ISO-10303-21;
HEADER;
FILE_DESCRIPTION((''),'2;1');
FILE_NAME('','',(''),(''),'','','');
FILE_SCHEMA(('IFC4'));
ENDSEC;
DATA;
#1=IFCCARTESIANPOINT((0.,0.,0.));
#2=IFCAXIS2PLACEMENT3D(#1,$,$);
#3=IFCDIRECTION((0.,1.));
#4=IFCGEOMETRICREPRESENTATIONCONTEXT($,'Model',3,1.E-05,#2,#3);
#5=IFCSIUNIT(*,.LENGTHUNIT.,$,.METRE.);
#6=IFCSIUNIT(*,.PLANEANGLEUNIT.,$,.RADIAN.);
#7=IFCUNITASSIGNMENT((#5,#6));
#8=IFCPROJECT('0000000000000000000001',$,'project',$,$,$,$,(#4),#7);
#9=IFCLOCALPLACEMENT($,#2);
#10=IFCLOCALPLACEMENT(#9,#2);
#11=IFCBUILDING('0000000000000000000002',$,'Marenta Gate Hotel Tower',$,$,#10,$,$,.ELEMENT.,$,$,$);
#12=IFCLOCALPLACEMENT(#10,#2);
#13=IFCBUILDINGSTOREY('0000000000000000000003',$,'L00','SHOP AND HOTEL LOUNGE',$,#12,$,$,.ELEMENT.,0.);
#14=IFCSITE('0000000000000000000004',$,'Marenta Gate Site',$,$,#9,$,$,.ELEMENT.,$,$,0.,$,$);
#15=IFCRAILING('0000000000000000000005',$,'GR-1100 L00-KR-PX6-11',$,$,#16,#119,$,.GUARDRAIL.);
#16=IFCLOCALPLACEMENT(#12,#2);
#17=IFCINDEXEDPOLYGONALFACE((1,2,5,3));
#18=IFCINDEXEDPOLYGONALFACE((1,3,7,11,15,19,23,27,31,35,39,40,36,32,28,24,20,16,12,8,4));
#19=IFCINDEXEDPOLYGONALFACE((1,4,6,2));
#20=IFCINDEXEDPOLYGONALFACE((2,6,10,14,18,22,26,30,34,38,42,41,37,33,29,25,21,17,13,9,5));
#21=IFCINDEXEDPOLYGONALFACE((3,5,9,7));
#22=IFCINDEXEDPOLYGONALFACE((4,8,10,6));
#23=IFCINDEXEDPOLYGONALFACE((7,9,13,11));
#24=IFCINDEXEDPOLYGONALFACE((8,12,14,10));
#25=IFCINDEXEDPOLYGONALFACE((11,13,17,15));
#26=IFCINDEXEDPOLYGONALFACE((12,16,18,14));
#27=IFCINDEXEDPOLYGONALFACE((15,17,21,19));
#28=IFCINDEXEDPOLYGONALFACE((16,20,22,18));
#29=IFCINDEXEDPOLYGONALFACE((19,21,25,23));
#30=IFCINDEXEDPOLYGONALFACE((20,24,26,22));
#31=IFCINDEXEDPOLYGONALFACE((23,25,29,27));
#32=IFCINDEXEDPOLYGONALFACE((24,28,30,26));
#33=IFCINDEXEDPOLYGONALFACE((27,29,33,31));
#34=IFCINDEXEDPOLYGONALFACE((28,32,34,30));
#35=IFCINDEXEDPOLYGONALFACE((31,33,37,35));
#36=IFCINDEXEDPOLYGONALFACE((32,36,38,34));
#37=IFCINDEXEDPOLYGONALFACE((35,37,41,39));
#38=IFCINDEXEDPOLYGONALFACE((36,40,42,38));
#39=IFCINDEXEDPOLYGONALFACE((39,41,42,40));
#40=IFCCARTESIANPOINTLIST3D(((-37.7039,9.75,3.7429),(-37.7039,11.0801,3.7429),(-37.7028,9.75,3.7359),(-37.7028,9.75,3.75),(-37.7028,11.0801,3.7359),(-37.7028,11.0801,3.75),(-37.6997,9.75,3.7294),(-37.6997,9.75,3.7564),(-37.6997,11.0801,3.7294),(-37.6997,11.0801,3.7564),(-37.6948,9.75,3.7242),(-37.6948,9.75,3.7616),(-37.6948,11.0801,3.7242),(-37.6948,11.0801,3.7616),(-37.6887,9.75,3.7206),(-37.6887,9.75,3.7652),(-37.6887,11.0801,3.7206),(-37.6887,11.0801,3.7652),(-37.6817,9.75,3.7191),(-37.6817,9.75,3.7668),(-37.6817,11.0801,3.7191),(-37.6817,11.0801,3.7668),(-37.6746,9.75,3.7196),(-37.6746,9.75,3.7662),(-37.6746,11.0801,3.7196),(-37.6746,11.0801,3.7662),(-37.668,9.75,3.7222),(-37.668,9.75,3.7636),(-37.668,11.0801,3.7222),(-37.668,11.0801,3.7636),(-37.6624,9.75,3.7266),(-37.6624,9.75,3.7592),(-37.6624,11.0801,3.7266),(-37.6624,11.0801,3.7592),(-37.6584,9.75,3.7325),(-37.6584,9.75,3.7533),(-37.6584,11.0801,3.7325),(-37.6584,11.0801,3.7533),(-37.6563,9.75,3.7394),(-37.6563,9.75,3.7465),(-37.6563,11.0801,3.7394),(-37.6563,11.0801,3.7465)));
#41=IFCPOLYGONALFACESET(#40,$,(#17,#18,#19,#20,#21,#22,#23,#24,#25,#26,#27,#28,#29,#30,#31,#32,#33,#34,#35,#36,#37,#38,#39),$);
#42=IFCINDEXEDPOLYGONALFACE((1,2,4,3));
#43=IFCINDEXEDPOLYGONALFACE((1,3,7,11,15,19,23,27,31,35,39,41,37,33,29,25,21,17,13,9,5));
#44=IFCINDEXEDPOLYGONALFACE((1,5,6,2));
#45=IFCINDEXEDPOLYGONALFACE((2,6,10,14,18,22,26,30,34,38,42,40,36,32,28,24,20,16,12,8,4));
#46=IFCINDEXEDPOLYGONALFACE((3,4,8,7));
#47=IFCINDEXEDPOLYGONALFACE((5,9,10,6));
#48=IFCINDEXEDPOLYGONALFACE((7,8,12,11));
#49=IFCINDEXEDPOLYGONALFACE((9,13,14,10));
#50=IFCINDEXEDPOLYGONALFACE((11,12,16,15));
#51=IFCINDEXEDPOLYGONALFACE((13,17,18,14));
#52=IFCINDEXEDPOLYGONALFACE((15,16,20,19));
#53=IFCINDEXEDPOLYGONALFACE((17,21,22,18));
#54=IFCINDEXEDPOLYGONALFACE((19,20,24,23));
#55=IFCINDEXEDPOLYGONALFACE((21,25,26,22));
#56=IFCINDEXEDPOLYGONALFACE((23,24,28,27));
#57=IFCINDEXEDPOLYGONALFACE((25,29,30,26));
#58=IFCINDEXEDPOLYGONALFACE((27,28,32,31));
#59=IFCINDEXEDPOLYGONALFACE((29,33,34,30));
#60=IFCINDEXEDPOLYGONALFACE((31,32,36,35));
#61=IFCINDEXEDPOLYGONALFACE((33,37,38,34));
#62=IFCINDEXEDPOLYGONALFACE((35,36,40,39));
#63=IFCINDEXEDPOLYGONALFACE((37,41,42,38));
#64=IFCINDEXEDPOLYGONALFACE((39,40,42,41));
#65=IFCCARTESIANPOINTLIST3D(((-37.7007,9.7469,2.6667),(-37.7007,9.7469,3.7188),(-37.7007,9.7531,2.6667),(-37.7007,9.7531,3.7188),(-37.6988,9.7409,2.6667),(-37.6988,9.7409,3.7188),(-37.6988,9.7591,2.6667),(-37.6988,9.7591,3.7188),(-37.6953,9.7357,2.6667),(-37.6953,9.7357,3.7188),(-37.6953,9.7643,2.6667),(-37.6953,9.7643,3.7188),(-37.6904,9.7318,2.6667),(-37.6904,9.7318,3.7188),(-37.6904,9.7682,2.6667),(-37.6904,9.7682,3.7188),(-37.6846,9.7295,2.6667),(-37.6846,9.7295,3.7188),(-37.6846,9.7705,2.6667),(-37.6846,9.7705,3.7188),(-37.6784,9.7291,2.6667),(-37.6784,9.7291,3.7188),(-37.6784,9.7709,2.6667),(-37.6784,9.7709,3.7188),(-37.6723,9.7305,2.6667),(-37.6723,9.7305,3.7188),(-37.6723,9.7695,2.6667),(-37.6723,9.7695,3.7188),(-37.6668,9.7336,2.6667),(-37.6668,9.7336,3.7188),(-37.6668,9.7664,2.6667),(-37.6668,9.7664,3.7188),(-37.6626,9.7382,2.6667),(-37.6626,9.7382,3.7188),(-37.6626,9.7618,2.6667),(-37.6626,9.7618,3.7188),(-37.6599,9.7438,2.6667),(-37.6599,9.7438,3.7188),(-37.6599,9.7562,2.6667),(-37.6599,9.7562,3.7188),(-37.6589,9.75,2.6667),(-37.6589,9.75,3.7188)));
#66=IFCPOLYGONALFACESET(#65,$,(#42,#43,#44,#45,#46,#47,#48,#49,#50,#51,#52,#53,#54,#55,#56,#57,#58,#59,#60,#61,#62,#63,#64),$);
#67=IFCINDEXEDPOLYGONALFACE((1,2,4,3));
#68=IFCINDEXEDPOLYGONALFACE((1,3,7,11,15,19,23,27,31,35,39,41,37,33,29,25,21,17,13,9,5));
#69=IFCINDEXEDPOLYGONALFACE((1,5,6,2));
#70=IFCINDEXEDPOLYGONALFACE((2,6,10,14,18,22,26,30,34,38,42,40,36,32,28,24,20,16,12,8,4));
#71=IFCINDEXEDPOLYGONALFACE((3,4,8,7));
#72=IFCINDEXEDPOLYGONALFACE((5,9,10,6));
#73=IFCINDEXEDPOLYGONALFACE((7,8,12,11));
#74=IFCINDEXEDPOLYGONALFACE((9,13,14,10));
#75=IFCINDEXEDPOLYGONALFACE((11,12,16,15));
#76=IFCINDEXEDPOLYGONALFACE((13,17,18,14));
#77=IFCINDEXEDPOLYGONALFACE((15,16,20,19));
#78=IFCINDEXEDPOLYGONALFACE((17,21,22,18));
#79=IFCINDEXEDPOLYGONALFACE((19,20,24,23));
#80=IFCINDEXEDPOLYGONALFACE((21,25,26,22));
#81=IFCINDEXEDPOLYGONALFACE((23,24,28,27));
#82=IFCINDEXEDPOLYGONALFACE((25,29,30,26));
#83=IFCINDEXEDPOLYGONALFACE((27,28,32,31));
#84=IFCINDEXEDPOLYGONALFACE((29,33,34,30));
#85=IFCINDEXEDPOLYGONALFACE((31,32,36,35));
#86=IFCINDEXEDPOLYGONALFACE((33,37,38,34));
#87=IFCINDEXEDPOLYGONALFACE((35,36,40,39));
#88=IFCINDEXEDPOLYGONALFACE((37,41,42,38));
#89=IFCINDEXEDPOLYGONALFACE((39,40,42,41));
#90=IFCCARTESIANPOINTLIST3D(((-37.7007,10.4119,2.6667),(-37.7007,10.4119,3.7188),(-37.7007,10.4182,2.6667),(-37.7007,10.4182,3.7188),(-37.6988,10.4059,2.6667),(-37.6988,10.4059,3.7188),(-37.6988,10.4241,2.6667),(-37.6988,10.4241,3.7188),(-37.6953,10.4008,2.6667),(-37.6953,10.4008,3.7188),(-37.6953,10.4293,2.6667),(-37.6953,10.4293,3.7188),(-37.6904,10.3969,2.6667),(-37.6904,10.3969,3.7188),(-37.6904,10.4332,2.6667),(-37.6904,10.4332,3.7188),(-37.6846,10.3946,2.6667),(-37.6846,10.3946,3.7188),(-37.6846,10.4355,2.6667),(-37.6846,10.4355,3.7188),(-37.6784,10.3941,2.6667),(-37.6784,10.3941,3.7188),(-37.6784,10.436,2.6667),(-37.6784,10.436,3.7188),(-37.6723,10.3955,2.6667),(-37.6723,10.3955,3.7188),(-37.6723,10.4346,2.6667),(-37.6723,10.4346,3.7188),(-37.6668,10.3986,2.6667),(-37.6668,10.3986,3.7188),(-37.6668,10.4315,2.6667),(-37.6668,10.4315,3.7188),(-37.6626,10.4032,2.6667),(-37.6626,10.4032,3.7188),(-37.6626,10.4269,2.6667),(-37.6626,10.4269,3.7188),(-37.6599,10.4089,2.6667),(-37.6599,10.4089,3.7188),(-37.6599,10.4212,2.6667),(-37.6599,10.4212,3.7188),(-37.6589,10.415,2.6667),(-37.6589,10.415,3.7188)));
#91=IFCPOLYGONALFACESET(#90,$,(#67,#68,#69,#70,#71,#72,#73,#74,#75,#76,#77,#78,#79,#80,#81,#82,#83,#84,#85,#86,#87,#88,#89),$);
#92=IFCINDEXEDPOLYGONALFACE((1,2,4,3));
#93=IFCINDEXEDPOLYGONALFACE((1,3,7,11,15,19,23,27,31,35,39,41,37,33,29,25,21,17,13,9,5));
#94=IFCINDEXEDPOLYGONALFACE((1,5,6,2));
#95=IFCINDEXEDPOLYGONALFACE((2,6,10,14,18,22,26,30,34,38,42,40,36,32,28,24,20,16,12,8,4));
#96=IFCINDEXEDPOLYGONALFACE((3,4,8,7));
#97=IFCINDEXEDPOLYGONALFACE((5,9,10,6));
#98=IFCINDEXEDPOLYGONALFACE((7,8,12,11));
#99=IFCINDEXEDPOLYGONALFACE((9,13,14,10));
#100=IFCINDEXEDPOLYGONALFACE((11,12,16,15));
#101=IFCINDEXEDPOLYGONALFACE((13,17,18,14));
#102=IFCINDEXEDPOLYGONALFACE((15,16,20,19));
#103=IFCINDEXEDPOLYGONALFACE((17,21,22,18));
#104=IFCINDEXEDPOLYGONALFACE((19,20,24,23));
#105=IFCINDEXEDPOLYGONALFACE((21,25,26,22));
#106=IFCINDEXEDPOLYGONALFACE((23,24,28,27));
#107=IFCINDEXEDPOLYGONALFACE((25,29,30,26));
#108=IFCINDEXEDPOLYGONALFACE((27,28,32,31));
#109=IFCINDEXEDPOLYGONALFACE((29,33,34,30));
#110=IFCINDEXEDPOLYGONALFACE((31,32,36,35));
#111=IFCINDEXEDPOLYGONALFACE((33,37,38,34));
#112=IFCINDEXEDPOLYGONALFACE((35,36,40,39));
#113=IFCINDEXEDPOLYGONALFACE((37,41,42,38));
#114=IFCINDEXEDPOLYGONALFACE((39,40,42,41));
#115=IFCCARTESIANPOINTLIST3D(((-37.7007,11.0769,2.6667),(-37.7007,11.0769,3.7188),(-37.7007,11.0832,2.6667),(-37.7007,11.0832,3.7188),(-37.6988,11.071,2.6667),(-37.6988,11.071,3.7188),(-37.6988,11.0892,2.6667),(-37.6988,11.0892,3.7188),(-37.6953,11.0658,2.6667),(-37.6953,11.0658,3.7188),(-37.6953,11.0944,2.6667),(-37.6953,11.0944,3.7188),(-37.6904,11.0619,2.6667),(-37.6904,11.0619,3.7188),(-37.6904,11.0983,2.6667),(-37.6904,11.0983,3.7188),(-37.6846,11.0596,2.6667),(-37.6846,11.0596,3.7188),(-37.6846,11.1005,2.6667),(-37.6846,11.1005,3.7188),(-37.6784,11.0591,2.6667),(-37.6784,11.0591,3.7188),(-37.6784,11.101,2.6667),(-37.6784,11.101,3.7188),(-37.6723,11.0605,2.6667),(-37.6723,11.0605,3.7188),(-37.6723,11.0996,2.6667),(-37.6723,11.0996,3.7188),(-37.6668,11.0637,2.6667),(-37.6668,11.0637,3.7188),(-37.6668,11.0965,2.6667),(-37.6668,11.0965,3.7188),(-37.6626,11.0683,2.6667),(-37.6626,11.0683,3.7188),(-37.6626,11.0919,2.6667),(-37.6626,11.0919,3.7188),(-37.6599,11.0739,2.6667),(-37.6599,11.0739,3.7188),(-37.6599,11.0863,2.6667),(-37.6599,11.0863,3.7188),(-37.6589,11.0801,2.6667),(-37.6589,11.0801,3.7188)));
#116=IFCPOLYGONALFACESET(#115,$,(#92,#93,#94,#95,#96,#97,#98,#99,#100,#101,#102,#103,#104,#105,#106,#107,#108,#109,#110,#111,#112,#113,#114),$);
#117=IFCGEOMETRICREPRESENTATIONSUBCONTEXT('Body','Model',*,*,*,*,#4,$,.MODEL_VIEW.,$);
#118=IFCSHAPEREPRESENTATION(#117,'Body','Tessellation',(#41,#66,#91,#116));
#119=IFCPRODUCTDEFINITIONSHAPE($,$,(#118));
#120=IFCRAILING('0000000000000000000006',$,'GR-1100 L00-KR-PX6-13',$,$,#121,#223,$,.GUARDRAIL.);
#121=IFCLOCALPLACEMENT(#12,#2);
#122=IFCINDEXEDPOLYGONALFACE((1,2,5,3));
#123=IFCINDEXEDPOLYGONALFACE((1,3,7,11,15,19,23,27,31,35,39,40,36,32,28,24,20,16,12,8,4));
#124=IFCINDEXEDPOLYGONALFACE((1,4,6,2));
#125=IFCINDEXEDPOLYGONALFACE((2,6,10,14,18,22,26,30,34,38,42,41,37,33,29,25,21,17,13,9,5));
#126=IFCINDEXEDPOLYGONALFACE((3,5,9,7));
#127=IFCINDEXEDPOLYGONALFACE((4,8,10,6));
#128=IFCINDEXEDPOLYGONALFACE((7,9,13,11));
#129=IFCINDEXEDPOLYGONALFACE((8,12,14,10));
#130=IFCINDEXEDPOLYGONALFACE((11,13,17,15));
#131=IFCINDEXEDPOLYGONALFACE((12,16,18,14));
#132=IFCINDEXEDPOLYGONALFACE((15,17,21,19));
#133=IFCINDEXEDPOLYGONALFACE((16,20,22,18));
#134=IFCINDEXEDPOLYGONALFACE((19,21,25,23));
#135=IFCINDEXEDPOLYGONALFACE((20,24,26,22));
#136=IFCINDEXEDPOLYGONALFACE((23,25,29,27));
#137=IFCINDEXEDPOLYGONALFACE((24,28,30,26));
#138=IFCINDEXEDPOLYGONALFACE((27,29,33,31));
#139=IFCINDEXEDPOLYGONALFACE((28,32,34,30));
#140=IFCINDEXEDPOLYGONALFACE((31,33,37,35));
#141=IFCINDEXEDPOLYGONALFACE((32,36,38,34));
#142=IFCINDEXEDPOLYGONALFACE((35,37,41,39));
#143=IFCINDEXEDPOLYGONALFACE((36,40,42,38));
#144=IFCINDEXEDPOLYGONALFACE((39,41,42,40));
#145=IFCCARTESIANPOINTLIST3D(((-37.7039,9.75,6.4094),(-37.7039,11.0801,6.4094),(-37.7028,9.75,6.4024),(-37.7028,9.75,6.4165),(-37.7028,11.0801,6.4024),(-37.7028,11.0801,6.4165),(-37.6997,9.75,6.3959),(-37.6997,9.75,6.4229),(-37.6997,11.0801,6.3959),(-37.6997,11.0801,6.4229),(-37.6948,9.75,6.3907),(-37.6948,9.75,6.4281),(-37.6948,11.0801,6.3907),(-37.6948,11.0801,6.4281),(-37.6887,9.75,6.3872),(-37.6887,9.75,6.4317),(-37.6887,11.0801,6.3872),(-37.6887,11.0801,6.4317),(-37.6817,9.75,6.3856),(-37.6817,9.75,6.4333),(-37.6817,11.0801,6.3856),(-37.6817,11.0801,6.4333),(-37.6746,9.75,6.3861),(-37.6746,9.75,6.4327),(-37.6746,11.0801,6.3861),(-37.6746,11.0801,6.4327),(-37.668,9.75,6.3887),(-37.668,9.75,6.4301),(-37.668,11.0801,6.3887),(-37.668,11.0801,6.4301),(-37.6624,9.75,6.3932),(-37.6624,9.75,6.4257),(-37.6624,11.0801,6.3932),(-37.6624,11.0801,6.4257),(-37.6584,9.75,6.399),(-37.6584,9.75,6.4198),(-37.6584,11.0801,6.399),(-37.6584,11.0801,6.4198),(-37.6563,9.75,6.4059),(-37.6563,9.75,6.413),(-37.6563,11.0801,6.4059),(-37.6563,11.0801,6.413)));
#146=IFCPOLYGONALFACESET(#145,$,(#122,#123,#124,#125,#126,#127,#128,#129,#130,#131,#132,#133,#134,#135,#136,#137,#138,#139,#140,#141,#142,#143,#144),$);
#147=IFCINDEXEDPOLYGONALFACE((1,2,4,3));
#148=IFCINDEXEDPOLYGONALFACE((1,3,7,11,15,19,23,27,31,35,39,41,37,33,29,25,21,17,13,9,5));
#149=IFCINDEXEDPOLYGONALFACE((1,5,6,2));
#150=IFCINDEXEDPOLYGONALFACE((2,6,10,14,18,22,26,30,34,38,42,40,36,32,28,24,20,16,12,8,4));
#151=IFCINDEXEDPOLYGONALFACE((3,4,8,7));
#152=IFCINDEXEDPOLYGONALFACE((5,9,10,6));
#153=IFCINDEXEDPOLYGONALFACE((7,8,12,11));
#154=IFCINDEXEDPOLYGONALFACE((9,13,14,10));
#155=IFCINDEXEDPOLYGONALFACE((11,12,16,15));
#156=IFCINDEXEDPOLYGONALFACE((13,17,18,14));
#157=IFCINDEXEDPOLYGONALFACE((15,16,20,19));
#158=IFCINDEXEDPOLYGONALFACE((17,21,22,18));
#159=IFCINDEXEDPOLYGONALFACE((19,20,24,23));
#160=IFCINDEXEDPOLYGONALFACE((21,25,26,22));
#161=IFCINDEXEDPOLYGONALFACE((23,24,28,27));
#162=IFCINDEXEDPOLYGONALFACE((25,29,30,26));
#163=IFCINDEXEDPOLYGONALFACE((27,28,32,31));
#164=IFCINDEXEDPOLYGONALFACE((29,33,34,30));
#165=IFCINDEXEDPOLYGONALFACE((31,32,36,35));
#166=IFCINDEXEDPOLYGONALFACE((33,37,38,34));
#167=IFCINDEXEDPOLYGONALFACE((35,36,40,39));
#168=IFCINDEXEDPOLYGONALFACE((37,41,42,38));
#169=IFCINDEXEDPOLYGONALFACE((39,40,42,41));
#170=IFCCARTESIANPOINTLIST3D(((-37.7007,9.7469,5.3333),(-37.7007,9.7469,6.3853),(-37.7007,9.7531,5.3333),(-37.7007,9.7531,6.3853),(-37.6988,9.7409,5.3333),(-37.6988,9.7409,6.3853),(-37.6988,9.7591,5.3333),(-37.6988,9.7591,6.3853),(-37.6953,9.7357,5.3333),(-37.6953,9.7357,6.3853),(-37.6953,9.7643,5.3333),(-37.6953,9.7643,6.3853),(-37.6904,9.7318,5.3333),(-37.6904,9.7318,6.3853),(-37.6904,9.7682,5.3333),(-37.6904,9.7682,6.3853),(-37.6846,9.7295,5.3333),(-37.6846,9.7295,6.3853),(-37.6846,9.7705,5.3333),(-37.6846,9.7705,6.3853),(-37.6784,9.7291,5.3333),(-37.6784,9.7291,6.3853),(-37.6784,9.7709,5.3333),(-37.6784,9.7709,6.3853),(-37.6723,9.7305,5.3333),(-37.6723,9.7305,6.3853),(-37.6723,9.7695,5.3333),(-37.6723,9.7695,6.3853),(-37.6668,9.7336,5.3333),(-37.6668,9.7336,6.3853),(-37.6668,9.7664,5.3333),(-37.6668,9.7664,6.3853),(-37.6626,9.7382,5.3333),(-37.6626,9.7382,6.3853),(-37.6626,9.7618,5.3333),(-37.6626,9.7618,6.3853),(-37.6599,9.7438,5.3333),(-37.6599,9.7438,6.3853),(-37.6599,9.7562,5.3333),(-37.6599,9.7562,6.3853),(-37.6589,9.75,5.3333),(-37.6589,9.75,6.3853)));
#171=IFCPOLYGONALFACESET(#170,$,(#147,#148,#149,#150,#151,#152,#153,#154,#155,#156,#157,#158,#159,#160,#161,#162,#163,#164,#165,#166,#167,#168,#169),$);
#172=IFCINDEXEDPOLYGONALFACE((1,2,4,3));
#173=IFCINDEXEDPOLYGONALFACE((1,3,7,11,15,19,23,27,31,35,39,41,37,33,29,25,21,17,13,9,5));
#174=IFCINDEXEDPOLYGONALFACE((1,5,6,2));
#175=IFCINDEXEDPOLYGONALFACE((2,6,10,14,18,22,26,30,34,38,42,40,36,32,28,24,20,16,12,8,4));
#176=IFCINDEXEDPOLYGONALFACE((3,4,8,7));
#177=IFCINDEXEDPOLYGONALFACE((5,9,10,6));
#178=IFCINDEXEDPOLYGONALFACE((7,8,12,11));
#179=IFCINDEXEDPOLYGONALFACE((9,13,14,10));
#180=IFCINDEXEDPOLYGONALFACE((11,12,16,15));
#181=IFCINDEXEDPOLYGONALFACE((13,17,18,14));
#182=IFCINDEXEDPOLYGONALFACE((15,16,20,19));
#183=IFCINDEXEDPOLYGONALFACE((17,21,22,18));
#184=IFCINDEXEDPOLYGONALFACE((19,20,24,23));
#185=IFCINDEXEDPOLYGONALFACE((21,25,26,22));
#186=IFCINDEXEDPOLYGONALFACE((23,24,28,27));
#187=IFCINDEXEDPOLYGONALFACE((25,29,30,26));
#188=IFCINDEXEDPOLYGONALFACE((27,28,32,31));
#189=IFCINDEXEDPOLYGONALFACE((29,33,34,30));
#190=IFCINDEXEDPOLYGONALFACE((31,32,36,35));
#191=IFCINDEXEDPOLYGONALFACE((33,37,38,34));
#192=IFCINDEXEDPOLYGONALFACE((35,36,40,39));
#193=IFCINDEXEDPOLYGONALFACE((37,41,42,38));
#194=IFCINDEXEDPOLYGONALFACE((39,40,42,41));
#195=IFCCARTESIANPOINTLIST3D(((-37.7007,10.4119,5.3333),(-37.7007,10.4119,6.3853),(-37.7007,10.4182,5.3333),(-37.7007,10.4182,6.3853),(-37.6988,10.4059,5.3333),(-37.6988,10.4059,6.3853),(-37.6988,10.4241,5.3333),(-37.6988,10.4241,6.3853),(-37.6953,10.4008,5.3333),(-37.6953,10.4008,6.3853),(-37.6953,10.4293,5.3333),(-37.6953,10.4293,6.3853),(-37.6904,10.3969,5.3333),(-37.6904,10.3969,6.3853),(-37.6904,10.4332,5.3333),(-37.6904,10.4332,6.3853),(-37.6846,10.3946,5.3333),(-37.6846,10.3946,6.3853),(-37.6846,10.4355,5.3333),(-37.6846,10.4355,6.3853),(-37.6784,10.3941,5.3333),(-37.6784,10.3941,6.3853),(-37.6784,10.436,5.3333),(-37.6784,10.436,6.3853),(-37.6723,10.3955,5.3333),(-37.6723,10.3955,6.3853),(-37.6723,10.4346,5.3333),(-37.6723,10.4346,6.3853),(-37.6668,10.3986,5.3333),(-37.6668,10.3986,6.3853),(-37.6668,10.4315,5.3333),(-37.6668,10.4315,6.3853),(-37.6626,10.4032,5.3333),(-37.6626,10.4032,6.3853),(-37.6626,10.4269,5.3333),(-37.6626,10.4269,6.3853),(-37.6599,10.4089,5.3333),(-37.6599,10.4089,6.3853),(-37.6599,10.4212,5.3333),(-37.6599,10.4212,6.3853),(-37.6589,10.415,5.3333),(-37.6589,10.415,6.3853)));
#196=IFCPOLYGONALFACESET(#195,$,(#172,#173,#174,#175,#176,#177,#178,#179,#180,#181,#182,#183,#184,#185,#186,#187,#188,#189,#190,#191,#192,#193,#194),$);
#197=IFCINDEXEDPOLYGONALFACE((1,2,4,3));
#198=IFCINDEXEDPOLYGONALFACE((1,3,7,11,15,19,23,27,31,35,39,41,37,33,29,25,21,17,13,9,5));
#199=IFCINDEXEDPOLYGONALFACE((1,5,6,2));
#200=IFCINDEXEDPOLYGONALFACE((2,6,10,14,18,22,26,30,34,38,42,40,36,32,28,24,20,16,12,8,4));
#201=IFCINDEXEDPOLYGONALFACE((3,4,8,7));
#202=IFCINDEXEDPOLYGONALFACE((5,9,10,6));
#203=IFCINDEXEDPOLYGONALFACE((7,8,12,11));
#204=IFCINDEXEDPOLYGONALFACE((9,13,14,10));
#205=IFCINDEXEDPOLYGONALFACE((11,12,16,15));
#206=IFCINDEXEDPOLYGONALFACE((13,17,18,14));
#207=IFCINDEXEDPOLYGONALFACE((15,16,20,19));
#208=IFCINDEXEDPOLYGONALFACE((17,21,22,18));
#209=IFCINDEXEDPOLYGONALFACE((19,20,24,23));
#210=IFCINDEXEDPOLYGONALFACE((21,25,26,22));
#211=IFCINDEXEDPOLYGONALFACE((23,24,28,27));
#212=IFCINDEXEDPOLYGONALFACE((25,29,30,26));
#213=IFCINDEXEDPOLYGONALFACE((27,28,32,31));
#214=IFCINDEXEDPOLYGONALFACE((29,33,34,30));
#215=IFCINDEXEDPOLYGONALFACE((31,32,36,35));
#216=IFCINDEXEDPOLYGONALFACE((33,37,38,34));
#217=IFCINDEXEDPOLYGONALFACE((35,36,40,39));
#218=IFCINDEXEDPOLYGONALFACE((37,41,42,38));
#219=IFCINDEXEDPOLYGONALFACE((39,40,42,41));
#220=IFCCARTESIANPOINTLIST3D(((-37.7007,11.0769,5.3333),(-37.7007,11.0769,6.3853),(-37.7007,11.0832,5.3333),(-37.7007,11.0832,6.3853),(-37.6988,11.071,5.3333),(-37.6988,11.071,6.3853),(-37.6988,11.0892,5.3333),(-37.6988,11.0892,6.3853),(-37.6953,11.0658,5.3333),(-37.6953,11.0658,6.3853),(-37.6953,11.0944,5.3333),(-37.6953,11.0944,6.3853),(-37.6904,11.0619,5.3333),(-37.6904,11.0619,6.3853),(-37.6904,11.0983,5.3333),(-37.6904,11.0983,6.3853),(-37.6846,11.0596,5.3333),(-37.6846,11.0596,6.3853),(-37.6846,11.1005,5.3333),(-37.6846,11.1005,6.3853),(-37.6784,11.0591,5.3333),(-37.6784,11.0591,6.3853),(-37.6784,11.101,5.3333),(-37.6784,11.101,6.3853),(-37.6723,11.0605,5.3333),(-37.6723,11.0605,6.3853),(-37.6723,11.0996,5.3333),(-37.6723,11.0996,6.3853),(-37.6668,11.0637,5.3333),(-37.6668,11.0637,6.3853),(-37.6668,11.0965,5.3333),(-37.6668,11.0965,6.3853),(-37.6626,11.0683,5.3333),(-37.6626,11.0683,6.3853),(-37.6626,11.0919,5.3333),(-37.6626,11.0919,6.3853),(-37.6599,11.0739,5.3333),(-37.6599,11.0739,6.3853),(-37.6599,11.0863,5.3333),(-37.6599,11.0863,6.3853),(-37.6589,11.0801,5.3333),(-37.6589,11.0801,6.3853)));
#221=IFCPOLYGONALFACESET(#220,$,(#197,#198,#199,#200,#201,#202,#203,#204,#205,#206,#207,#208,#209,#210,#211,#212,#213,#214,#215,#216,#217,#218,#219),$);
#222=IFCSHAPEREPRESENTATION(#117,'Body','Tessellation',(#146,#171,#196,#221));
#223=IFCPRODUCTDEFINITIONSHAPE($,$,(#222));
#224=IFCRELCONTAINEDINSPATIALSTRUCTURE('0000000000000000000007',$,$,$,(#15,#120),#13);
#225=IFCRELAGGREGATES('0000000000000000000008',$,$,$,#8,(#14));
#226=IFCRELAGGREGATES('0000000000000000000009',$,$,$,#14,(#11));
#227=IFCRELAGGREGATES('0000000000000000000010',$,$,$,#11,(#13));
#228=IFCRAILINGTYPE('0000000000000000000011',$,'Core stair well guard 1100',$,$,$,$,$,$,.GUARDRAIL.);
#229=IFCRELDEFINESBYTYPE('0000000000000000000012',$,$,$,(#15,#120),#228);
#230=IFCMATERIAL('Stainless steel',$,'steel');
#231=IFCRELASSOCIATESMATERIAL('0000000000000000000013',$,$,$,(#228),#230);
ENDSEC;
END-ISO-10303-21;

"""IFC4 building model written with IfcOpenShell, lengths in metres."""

from ifc_helpers import new_model, si_unit, direction, frame, origin, origin_2d, place, context, subcontext, project, spatial, circle, extrude, material, type_object, element, save


model = new_model("IFC4")

# Units and contexts
model_context = context("Model", 3, precision=1e-05, world=origin(), true_north=direction((0.0, 1.0)))
body_context = subcontext(model_context, "Body", "Model", "MODEL_VIEW")
ifc_project = project(units=[si_unit("LENGTHUNIT", "METRE"), si_unit("PLANEANGLEUNIT", "RADIAN")], contexts=[model_context])

# Site, building, storey
site_placement = place(None, origin())
site = spatial("IfcSite", under=ifc_project, at=site_placement, Name="Marenta Gate Site", CompositionType="ELEMENT", RefElevation=0.0)
building_placement = place(site_placement, origin())
building = spatial("IfcBuilding", under=site, at=building_placement, Name="Marenta Gate Hotel Tower", CompositionType="ELEMENT")
storey_placement = place(building_placement, origin())
storey = spatial("IfcBuildingStorey", under=building, at=storey_placement, Name="L00", Description="SHOP AND HOTEL LOUNGE", CompositionType="ELEMENT", Elevation=0.0)

# Railings
ifc_material_1 = material(Name="Stainless steel", Category="steel")
railing_type_1 = type_object("IfcRailingType", Name="Core stair well guard 1100", PredefinedType="GUARDRAIL", material=ifc_material_1)
for number, where, name in (
    (1, (-37.6799, 9.75, 2.6667), "GR-1100 L00-KR-PX6-11"),
    (2, (-37.6799, 9.75, 5.3333), "GR-1100 L00-KR-PX6-13"),
):
    element("IfcRailing", number, at=place(storey_placement, frame(where)), inside=storey, type_object=railing_type_1, Name=name, PredefinedType="GUARDRAIL", context=body_context, shape_type="SweptSolid", body=[
        extrude(circle(Radius=0.0239, at=origin_2d()), frame((0.0, 0.0, 1.0762), z_axis=(0.0, 1.0, 0.0), x_axis=(-1.0, 0.0, 0.0)), (0.0, 0.0, 1.0), 1.3301),
        extrude(circle(Radius=0.021, at=origin_2d()), origin(), (0.0, 0.0, 1.0), 1.052),
        extrude(circle(Radius=0.021, at=origin_2d()), frame((0.0, 0.665, 0.0)), (0.0, 0.0, 1.0), 1.052),
        extrude(circle(Radius=0.021, at=origin_2d()), frame((0.0, 1.3301, 0.0)), (0.0, 0.0, 1.0), 1.052),
    ])

save(model, "model.ifc")
